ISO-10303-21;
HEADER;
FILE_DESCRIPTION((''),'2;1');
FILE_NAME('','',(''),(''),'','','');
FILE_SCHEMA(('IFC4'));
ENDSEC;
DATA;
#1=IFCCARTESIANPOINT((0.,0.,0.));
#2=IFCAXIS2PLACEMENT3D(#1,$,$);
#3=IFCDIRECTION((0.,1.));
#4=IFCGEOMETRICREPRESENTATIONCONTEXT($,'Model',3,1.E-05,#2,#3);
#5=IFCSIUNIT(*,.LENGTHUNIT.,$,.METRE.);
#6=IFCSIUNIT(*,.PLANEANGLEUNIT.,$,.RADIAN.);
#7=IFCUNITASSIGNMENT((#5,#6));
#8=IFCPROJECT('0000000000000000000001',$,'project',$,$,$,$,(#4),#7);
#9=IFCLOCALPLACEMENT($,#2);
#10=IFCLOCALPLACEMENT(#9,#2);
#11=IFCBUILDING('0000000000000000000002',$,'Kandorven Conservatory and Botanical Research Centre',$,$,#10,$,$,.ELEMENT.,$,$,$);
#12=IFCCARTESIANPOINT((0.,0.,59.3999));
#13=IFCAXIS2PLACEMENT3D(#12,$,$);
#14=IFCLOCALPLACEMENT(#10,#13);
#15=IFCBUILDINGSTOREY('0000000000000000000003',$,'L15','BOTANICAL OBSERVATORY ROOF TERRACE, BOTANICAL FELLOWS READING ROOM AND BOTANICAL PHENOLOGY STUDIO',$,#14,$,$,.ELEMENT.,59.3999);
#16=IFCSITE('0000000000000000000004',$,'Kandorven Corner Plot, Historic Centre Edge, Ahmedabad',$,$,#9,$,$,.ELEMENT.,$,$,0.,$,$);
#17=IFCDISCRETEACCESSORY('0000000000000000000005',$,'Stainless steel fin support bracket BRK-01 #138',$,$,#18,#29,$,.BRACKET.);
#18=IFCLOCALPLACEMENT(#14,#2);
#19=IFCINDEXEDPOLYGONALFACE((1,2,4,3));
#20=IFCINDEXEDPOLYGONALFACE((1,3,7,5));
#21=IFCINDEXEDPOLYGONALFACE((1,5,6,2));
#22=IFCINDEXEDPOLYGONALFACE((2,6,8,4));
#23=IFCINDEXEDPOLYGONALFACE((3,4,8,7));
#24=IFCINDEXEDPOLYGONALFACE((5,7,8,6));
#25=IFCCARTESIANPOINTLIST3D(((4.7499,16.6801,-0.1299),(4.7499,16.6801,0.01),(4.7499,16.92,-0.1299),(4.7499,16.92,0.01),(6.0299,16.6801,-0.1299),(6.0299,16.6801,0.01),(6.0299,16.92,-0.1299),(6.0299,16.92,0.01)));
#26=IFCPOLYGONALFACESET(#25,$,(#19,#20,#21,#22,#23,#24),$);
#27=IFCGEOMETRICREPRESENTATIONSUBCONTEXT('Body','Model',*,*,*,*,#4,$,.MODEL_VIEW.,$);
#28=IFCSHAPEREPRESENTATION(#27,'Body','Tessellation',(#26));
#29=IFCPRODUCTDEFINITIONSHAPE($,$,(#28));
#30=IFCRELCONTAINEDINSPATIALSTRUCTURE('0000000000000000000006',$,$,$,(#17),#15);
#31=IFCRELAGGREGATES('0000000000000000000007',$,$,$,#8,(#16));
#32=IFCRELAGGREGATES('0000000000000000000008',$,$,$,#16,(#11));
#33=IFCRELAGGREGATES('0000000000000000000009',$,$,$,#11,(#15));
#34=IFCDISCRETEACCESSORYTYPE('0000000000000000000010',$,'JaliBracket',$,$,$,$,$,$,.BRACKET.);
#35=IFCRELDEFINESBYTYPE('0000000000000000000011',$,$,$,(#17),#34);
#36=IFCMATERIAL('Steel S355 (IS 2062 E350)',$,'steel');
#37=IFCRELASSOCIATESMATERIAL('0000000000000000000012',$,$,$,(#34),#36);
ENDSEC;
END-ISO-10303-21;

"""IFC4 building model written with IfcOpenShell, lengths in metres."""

from ifc_helpers import new_model, si_unit, direction, frame, origin, origin_2d, place, context, subcontext, project, spatial, rectangle, extrude, material, type_object, element, save


model = new_model("IFC4")

# Units and contexts
model_context = context("Model", 3, precision=1e-05, world=origin(), true_north=direction((0.0, 1.0)))
body_context = subcontext(model_context, "Body", "Model", "MODEL_VIEW")
ifc_project = project(units=[si_unit("LENGTHUNIT", "METRE"), si_unit("PLANEANGLEUNIT", "RADIAN")], contexts=[model_context])

# Site, building, storey
site_placement = place(None, origin())
site = spatial("IfcSite", under=ifc_project, at=site_placement, Name="Kandorven Corner Plot, Historic Centre Edge, Ahmedabad", CompositionType="ELEMENT", RefElevation=0.0)
building_placement = place(site_placement, origin())
building = spatial("IfcBuilding", under=site, at=building_placement, Name="Kandorven Conservatory and Botanical Research Centre", CompositionType="ELEMENT")
storey_placement = place(building_placement, frame((0.0, 0.0, 59.3999)))
storey = spatial("IfcBuildingStorey", under=building, at=storey_placement, Name="L15", Description="BOTANICAL OBSERVATORY ROOF TERRACE, BOTANICAL FELLOWS READING ROOM AND BOTANICAL PHENOLOGY STUDIO", CompositionType="ELEMENT", Elevation=59.3999)

# Discrete accessory
ifc_material_1 = material(Name="Steel S355 (IS 2062 E350)", Category="steel")
discrete_accessory_type = type_object("IfcDiscreteAccessoryType", Name="JaliBracket", PredefinedType="BRACKET", material=ifc_material_1)
discrete_accessory_placement = place(storey_placement, frame((5.3899, 16.8, -0.1299), z_axis=(0.0, 0.0, 1.0), x_axis=(1.0, 0.0, 0.0)))
element("IfcDiscreteAccessory", 1, at=discrete_accessory_placement, inside=storey, type_object=discrete_accessory_type, Name="Stainless steel fin support bracket BRK-01 #138", PredefinedType="BRACKET", context=body_context, shape_type="SweptSolid", body=[
    extrude(rectangle(XDim=1.28, YDim=0.24, at=origin_2d()), origin(), (0.0, 0.0, 1.0), 0.1399),
])

save(model, "model.ifc")
